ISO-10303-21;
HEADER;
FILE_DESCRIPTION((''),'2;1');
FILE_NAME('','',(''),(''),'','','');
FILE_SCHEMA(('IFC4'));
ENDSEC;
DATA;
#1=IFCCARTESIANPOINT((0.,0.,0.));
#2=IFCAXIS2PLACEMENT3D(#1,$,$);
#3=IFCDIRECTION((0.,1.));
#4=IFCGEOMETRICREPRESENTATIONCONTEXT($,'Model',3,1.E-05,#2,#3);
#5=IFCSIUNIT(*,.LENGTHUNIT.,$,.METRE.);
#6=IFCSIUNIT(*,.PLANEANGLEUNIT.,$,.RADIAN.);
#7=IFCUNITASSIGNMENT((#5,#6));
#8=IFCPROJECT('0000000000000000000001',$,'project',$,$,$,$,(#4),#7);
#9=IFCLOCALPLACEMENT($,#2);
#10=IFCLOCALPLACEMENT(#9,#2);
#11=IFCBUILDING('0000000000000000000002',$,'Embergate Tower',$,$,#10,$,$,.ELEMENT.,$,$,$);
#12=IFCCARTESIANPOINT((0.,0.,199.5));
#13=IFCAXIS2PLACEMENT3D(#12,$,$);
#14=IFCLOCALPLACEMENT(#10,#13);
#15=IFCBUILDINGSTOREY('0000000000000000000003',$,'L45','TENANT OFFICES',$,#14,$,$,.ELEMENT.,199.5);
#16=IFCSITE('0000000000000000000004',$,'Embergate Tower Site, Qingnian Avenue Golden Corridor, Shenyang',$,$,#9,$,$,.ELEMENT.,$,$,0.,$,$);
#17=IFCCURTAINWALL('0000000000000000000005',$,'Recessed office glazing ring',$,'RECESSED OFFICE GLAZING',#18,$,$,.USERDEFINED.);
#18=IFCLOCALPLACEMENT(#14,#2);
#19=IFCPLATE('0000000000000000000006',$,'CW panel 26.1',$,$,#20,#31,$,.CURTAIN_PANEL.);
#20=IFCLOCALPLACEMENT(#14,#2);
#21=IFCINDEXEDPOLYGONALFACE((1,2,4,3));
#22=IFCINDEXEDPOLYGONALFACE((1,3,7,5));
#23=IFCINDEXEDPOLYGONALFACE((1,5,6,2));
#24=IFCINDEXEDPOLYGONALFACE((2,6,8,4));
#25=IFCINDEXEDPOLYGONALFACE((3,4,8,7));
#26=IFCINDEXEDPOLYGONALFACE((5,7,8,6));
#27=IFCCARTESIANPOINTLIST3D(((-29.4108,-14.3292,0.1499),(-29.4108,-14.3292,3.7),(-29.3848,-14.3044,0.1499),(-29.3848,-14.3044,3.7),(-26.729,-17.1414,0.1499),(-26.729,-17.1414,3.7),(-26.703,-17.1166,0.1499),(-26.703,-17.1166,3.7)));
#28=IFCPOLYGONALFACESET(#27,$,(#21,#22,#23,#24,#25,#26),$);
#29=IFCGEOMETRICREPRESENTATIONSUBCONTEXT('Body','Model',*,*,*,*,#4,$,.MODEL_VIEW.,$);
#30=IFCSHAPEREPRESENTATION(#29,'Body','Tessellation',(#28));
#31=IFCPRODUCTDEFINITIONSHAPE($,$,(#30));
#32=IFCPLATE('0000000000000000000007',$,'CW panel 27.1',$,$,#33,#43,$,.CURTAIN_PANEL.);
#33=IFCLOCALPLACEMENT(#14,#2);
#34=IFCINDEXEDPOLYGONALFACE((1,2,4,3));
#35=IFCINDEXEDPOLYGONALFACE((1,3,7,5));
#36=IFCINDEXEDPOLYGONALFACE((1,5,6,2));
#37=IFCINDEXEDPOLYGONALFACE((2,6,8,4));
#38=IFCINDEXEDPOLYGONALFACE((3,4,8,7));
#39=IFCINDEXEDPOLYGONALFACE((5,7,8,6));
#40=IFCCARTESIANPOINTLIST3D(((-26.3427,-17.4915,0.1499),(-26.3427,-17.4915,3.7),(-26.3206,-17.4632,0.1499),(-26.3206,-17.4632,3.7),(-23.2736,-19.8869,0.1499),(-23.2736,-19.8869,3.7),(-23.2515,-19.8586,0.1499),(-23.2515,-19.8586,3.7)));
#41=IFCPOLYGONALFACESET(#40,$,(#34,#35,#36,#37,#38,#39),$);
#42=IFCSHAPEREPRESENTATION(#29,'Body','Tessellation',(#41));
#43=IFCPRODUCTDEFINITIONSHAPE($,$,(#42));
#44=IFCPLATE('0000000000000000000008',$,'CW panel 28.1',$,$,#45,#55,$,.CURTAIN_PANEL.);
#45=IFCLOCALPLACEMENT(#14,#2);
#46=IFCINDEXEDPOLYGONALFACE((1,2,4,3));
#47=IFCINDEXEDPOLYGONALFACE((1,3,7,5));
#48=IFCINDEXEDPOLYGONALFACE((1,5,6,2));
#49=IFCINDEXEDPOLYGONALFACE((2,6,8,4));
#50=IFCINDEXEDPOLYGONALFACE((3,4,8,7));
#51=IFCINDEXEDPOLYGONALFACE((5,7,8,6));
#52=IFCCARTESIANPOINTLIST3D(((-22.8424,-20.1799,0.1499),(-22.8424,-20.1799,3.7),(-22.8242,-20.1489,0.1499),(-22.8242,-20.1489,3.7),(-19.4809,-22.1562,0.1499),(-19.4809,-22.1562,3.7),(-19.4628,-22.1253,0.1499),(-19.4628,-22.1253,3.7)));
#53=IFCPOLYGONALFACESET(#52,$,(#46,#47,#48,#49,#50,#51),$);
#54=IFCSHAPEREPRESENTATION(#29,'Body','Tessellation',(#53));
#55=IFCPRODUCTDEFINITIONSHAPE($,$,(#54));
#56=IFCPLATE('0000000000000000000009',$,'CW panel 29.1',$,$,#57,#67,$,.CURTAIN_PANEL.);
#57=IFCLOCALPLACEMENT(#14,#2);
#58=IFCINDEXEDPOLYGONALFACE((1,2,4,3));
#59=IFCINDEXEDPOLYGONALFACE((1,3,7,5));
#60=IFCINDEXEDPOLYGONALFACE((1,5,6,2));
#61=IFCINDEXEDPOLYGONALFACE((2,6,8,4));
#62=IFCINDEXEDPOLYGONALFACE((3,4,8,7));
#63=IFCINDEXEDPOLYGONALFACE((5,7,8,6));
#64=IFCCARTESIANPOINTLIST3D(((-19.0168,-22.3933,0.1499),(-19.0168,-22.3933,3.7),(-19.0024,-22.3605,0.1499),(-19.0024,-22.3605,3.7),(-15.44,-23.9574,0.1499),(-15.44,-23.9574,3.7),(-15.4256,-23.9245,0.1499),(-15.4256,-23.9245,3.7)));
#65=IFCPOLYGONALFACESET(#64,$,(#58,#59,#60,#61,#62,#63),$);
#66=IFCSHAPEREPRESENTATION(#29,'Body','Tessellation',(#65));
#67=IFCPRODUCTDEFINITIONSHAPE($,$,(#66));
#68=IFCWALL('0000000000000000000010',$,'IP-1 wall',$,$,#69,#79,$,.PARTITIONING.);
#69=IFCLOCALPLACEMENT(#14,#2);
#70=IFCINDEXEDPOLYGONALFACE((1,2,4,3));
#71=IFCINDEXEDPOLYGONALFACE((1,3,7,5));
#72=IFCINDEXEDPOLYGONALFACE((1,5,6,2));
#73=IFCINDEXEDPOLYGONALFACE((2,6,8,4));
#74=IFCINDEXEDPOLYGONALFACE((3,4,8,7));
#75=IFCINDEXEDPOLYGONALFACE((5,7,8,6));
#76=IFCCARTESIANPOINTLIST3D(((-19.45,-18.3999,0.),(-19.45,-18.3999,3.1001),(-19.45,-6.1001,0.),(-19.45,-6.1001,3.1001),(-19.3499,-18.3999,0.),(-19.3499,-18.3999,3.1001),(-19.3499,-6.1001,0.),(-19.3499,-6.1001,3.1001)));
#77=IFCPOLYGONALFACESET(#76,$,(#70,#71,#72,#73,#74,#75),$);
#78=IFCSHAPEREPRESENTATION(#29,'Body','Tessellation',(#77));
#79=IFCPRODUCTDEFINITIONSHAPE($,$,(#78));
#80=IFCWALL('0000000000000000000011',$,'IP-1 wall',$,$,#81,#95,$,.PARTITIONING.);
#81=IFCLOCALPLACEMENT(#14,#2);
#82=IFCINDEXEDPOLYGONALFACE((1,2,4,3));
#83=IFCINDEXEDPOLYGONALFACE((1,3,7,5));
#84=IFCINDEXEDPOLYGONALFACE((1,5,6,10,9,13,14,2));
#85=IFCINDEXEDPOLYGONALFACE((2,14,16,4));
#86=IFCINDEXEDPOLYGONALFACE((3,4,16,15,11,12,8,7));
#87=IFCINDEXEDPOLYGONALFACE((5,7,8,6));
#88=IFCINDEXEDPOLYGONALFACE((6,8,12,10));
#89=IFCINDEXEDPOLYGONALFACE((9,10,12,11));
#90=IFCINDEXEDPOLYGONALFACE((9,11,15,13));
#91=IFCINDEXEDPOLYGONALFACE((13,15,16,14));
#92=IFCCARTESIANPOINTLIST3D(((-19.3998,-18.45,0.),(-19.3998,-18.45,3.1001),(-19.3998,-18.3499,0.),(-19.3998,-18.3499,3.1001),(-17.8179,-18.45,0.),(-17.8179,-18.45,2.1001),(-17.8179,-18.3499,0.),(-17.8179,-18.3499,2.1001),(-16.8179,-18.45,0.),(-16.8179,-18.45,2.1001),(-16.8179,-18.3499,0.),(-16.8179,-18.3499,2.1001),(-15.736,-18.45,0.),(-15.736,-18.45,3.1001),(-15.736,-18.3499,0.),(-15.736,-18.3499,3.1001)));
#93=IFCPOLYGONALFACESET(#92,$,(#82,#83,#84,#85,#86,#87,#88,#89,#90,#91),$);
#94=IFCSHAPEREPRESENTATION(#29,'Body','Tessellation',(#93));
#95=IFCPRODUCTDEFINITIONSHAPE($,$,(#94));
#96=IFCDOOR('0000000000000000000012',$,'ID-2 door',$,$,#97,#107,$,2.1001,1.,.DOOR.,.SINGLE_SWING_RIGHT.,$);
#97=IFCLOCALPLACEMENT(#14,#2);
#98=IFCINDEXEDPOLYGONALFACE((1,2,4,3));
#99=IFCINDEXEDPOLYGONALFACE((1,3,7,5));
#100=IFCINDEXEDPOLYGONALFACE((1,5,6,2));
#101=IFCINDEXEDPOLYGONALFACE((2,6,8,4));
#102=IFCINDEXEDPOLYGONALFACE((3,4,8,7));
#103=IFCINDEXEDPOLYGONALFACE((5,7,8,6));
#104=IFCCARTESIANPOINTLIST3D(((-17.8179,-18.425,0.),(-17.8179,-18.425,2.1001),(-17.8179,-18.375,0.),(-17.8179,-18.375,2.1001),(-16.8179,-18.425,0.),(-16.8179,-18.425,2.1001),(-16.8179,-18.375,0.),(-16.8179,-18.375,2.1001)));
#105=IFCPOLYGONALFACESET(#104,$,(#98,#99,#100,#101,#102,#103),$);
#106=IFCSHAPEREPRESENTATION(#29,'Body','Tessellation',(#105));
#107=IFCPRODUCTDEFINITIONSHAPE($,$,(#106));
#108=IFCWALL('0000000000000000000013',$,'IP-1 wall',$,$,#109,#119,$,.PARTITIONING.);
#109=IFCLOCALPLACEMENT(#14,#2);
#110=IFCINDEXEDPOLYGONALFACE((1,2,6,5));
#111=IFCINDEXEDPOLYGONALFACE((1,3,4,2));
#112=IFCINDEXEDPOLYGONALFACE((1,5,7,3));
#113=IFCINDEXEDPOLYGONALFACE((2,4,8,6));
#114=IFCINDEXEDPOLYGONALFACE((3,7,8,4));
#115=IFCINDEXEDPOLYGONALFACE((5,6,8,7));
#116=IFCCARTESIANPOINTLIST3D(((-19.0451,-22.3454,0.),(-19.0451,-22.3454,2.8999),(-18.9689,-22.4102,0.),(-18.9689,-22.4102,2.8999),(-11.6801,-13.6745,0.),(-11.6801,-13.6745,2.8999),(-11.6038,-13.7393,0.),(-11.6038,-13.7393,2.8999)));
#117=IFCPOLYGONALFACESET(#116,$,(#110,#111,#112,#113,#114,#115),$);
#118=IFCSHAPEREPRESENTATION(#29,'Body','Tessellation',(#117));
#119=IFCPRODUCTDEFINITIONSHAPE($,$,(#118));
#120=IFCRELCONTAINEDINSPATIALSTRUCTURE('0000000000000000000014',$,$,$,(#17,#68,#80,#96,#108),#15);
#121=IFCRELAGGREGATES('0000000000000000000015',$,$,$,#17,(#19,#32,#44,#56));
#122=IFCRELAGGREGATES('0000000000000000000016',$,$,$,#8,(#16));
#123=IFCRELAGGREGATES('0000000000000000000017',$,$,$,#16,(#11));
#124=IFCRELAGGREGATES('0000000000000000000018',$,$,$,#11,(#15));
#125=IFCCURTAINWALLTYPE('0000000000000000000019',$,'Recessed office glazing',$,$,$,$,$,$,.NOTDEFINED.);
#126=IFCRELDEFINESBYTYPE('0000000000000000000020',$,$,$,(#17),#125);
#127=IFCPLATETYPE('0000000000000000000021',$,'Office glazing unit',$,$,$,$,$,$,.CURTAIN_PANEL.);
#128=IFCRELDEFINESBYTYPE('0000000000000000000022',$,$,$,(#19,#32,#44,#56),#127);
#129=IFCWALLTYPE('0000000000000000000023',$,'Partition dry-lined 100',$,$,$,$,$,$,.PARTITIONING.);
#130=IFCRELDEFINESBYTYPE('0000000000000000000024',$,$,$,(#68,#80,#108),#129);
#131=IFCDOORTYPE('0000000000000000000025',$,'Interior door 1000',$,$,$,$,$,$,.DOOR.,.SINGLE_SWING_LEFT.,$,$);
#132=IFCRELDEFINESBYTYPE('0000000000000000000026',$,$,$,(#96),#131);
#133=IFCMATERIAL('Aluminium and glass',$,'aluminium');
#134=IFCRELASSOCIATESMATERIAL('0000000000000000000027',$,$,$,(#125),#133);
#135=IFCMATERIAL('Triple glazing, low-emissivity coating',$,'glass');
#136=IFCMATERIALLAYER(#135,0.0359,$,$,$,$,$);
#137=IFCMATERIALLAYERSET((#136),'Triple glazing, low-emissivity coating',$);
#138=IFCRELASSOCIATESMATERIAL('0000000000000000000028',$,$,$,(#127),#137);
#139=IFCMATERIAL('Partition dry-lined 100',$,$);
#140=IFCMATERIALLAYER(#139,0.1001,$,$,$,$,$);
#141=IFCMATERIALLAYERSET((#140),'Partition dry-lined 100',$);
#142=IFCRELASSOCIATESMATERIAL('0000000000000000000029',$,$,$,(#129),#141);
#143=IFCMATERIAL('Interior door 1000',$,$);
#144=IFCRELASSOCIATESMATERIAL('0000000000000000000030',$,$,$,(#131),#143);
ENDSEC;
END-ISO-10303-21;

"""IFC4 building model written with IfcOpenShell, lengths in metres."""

from ifc_helpers import new_model, si_unit, direction, frame, frame_2d, origin, origin_2d, place, context, subcontext, project, spatial, rectangle, extrude, source, transform, mapped, material, layer, layer_set, type_object, element, fill, aggregate, save


model = new_model("IFC4")

# Units and contexts
model_context = context("Model", 3, precision=1e-05, world=origin(), true_north=direction((0.0, 1.0)))
body_context = subcontext(model_context, "Body", "Model", "MODEL_VIEW")
ifc_project = project(units=[si_unit("LENGTHUNIT", "METRE"), si_unit("PLANEANGLEUNIT", "RADIAN")], contexts=[model_context])

# Site, building, storey
site_placement = place(None, origin())
site = spatial("IfcSite", under=ifc_project, at=site_placement, Name="Embergate Tower Site, Qingnian Avenue Golden Corridor, Shenyang", CompositionType="ELEMENT", RefElevation=0.0)
building_placement = place(site_placement, origin())
building = spatial("IfcBuilding", under=site, at=building_placement, Name="Embergate Tower", CompositionType="ELEMENT")
storey_placement = place(building_placement, frame((0.0, 0.0, 199.5)))
storey = spatial("IfcBuildingStorey", under=building, at=storey_placement, Name="L45", Description="TENANT OFFICES", CompositionType="ELEMENT", Elevation=199.5)

# Curtain wall, plates
ifc_material_1 = material(Name="Aluminium and glass", Category="aluminium")
curtain_wall_type = type_object("IfcCurtainWallType", Name="Recessed office glazing", PredefinedType="NOTDEFINED", material=ifc_material_1)
curtain_wall_placement = place(storey_placement, origin())
curtain_wall = element("IfcCurtainWall", 1, at=curtain_wall_placement, inside=storey, type_object=curtain_wall_type, Name="Recessed office glazing ring", ObjectType="RECESSED OFFICE GLAZING", PredefinedType="USERDEFINED")
ifc_material_2 = material(Name="Triple glazing, low-emissivity coating", Category="glass")
ifc_layer_1 = layer(ifc_material_2, 0.0359)
ifc_layer_set_1 = layer_set([ifc_layer_1], Name="Triple glazing, low-emissivity coating")
plate_type = type_object("IfcPlateType", Name="Office glazing unit", PredefinedType="CURTAIN_PANEL", material=ifc_layer_set_1)
shared_shape_1 = source(origin(), body_context, "Body", "SweptSolid", [
    extrude(rectangle(XDim=3.886, YDim=0.0359, at=origin_2d()), origin(), (0.0, 0.0, 1.0), 3.55),
])
plate_1_placement = place(storey_placement, frame((-28.0569, -15.7229, 0.1499), z_axis=(0.0, 0.0, 1.0), x_axis=(0.690124, -0.723691, 0.0)))
plate_1 = element("IfcPlate", 2, at=plate_1_placement, type_object=plate_type, Name="CW panel 26.1", PredefinedType="CURTAIN_PANEL", context=body_context, shape_type="MappedRepresentation", body=[
    mapped(shared_shape_1, transform((0.0, 0.0, 0.0))),
])
shared_shape_2 = source(origin(), body_context, "Body", "SweptSolid", [
    extrude(rectangle(XDim=3.8933, YDim=0.0359, at=origin_2d()), origin(), (0.0, 0.0, 1.0), 3.55),
])
plate_2_placement = place(storey_placement, frame((-24.7971, -18.675, 0.1499), z_axis=(0.0, 0.0, 1.0), x_axis=(0.788312, -0.615276, 0.0)))
plate_2 = element("IfcPlate", 3, at=plate_2_placement, type_object=plate_type, Name="CW panel 27.1", PredefinedType="CURTAIN_PANEL", context=body_context, shape_type="MappedRepresentation", body=[
    mapped(shared_shape_2, transform((0.0, 0.0, 0.0))),
])
shared_shape_3 = source(origin(), body_context, "Body", "SweptSolid", [
    extrude(rectangle(XDim=3.8994, YDim=0.0359, at=origin_2d()), origin(), (0.0, 0.0, 1.0), 3.55),
])
plate_3_placement = place(storey_placement, frame((-21.1526, -21.1526, 0.1499), z_axis=(0.0, 0.0, 1.0), x_axis=(0.862046, -0.50683, 0.0)))
plate_3 = element("IfcPlate", 4, at=plate_3_placement, type_object=plate_type, Name="CW panel 28.1", PredefinedType="CURTAIN_PANEL", context=body_context, shape_type="MappedRepresentation", body=[
    mapped(shared_shape_3, transform((0.0, 0.0, 0.0))),
])
shared_shape_4 = source(origin(), body_context, "Body", "SweptSolid", [
    extrude(rectangle(XDim=3.9038, YDim=0.0359, at=origin_2d()), origin(), (0.0, 0.0, 1.0), 3.55),
])
plate_4_placement = place(storey_placement, frame((-17.2212, -23.1589, 0.1499), z_axis=(0.0, 0.0, 1.0), x_axis=(0.916231, -0.40065, 0.0)))
plate_4 = element("IfcPlate", 5, at=plate_4_placement, type_object=plate_type, Name="CW panel 29.1", PredefinedType="CURTAIN_PANEL", context=body_context, shape_type="MappedRepresentation", body=[
    mapped(shared_shape_4, transform((0.0, 0.0, 0.0))),
])
aggregate(curtain_wall, [plate_1, plate_2, plate_3, plate_4])

# Wall
ifc_material_3 = material(Name="Partition dry-lined 100")
ifc_layer_2 = layer(ifc_material_3, 0.1001)
ifc_layer_set_2 = layer_set([ifc_layer_2], Name="Partition dry-lined 100")
wall_type = type_object("IfcWallType", Name="Partition dry-lined 100", PredefinedType="PARTITIONING", material=ifc_layer_set_2)
shared_shape_5 = source(origin(), body_context, "Body", "SweptSolid", [
    extrude(rectangle(XDim=12.2998, YDim=0.1001, at=frame_2d((6.1499, 0.0))), origin(), (0.0, 0.0, 1.0), 3.1001),
])
wall_1_placement = place(storey_placement, frame((-19.3999, -18.3999, 0.0), z_axis=(0.0, 0.0, 1.0), x_axis=(0.0, 1.0, 0.0)))
element("IfcWall", 6, at=wall_1_placement, inside=storey, type_object=wall_type, Name="IP-1 wall", PredefinedType="PARTITIONING", context=body_context, shape_type="MappedRepresentation", body=[
    mapped(shared_shape_5, transform((0.0, 0.0, 0.0))),
])

# Wall, opening, door
shared_shape_6 = source(origin(), body_context, "Body", "SweptSolid", [
    extrude(rectangle(XDim=3.6638, YDim=0.1001, at=frame_2d((1.832, 0.0))), origin(), (0.0, 0.0, 1.0), 3.1001),
])
wall_2_placement = place(storey_placement, frame((-19.3999, -18.3999, 0.0), z_axis=(0.0, 0.0, 1.0), x_axis=(1.0, 0.0, 0.0)))
wall_2 = element("IfcWall", 7, at=wall_2_placement, inside=storey, type_object=wall_type, Name="IP-1 wall", PredefinedType="PARTITIONING", context=body_context, shape_type="MappedRepresentation", body=[
    mapped(shared_shape_6, transform((0.0, 0.0, 0.0))),
])
shared_shape_7 = source(origin(), body_context, "Body", "SweptSolid", [
    extrude(rectangle(XDim=1.0, YDim=2.1001, at=frame_2d((0.5, 1.05))), frame((0.0, 0.0601, 0.0), z_axis=(0.0, -1.0, 0.0), x_axis=(1.0, 0.0, 0.0)), (0.0, 0.0, 1.0), 0.1201),
])
opening_placement = place(wall_2_placement, frame((1.582, 0.0, 0.0)))
opening = element("IfcOpeningElement", 8, at=opening_placement, cuts=wall_2, PredefinedType="OPENING", context=body_context, shape_type="MappedRepresentation", body=[
    mapped(shared_shape_7, transform((0.0, 0.0, 0.0))),
])
ifc_material_4 = material(Name="Interior door 1000")
door_type = type_object("IfcDoorType", Name="Interior door 1000", OperationType="SINGLE_SWING_LEFT", PredefinedType="DOOR", material=ifc_material_4)
shared_shape_8 = source(origin(), body_context, "Body", "SweptSolid", [
    extrude(rectangle(XDim=1.0, YDim=2.1001, at=frame_2d((0.5, 1.05))), frame((0.0, 0.0249, 0.0), z_axis=(0.0, -1.0, 0.0), x_axis=(1.0, 0.0, 0.0)), (0.0, 0.0, 1.0), 0.05),
])
door_placement = place(opening_placement, origin())
door = element("IfcDoor", 9, at=door_placement, inside=storey, type_object=door_type, Name="ID-2 door", OperationType="SINGLE_SWING_RIGHT", OverallHeight=2.1001, OverallWidth=1.0, PredefinedType="DOOR", context=body_context, shape_type="MappedRepresentation", body=[
    mapped(shared_shape_8, transform((0.0, 0.0, 0.0))),
])
fill(opening, door)

# Wall
shared_shape_9 = source(origin(), body_context, "Body", "SweptSolid", [
    extrude(rectangle(XDim=11.3767, YDim=0.1001, at=frame_2d((5.6885, 0.0))), origin(), (0.0, 0.0, 1.0), 2.8999),
])
wall_3_placement = place(storey_placement, frame((-19.0071, -22.3779, 0.0), z_axis=(0.0, 0.0, 1.0), x_axis=(0.647379, 0.762168, 0.0)))
element("IfcWall", 10, at=wall_3_placement, inside=storey, type_object=wall_type, Name="IP-1 wall", PredefinedType="PARTITIONING", context=body_context, shape_type="MappedRepresentation", body=[
    mapped(shared_shape_9, transform((0.0, 0.0, 0.0))),
])

save(model, "model.ifc")
